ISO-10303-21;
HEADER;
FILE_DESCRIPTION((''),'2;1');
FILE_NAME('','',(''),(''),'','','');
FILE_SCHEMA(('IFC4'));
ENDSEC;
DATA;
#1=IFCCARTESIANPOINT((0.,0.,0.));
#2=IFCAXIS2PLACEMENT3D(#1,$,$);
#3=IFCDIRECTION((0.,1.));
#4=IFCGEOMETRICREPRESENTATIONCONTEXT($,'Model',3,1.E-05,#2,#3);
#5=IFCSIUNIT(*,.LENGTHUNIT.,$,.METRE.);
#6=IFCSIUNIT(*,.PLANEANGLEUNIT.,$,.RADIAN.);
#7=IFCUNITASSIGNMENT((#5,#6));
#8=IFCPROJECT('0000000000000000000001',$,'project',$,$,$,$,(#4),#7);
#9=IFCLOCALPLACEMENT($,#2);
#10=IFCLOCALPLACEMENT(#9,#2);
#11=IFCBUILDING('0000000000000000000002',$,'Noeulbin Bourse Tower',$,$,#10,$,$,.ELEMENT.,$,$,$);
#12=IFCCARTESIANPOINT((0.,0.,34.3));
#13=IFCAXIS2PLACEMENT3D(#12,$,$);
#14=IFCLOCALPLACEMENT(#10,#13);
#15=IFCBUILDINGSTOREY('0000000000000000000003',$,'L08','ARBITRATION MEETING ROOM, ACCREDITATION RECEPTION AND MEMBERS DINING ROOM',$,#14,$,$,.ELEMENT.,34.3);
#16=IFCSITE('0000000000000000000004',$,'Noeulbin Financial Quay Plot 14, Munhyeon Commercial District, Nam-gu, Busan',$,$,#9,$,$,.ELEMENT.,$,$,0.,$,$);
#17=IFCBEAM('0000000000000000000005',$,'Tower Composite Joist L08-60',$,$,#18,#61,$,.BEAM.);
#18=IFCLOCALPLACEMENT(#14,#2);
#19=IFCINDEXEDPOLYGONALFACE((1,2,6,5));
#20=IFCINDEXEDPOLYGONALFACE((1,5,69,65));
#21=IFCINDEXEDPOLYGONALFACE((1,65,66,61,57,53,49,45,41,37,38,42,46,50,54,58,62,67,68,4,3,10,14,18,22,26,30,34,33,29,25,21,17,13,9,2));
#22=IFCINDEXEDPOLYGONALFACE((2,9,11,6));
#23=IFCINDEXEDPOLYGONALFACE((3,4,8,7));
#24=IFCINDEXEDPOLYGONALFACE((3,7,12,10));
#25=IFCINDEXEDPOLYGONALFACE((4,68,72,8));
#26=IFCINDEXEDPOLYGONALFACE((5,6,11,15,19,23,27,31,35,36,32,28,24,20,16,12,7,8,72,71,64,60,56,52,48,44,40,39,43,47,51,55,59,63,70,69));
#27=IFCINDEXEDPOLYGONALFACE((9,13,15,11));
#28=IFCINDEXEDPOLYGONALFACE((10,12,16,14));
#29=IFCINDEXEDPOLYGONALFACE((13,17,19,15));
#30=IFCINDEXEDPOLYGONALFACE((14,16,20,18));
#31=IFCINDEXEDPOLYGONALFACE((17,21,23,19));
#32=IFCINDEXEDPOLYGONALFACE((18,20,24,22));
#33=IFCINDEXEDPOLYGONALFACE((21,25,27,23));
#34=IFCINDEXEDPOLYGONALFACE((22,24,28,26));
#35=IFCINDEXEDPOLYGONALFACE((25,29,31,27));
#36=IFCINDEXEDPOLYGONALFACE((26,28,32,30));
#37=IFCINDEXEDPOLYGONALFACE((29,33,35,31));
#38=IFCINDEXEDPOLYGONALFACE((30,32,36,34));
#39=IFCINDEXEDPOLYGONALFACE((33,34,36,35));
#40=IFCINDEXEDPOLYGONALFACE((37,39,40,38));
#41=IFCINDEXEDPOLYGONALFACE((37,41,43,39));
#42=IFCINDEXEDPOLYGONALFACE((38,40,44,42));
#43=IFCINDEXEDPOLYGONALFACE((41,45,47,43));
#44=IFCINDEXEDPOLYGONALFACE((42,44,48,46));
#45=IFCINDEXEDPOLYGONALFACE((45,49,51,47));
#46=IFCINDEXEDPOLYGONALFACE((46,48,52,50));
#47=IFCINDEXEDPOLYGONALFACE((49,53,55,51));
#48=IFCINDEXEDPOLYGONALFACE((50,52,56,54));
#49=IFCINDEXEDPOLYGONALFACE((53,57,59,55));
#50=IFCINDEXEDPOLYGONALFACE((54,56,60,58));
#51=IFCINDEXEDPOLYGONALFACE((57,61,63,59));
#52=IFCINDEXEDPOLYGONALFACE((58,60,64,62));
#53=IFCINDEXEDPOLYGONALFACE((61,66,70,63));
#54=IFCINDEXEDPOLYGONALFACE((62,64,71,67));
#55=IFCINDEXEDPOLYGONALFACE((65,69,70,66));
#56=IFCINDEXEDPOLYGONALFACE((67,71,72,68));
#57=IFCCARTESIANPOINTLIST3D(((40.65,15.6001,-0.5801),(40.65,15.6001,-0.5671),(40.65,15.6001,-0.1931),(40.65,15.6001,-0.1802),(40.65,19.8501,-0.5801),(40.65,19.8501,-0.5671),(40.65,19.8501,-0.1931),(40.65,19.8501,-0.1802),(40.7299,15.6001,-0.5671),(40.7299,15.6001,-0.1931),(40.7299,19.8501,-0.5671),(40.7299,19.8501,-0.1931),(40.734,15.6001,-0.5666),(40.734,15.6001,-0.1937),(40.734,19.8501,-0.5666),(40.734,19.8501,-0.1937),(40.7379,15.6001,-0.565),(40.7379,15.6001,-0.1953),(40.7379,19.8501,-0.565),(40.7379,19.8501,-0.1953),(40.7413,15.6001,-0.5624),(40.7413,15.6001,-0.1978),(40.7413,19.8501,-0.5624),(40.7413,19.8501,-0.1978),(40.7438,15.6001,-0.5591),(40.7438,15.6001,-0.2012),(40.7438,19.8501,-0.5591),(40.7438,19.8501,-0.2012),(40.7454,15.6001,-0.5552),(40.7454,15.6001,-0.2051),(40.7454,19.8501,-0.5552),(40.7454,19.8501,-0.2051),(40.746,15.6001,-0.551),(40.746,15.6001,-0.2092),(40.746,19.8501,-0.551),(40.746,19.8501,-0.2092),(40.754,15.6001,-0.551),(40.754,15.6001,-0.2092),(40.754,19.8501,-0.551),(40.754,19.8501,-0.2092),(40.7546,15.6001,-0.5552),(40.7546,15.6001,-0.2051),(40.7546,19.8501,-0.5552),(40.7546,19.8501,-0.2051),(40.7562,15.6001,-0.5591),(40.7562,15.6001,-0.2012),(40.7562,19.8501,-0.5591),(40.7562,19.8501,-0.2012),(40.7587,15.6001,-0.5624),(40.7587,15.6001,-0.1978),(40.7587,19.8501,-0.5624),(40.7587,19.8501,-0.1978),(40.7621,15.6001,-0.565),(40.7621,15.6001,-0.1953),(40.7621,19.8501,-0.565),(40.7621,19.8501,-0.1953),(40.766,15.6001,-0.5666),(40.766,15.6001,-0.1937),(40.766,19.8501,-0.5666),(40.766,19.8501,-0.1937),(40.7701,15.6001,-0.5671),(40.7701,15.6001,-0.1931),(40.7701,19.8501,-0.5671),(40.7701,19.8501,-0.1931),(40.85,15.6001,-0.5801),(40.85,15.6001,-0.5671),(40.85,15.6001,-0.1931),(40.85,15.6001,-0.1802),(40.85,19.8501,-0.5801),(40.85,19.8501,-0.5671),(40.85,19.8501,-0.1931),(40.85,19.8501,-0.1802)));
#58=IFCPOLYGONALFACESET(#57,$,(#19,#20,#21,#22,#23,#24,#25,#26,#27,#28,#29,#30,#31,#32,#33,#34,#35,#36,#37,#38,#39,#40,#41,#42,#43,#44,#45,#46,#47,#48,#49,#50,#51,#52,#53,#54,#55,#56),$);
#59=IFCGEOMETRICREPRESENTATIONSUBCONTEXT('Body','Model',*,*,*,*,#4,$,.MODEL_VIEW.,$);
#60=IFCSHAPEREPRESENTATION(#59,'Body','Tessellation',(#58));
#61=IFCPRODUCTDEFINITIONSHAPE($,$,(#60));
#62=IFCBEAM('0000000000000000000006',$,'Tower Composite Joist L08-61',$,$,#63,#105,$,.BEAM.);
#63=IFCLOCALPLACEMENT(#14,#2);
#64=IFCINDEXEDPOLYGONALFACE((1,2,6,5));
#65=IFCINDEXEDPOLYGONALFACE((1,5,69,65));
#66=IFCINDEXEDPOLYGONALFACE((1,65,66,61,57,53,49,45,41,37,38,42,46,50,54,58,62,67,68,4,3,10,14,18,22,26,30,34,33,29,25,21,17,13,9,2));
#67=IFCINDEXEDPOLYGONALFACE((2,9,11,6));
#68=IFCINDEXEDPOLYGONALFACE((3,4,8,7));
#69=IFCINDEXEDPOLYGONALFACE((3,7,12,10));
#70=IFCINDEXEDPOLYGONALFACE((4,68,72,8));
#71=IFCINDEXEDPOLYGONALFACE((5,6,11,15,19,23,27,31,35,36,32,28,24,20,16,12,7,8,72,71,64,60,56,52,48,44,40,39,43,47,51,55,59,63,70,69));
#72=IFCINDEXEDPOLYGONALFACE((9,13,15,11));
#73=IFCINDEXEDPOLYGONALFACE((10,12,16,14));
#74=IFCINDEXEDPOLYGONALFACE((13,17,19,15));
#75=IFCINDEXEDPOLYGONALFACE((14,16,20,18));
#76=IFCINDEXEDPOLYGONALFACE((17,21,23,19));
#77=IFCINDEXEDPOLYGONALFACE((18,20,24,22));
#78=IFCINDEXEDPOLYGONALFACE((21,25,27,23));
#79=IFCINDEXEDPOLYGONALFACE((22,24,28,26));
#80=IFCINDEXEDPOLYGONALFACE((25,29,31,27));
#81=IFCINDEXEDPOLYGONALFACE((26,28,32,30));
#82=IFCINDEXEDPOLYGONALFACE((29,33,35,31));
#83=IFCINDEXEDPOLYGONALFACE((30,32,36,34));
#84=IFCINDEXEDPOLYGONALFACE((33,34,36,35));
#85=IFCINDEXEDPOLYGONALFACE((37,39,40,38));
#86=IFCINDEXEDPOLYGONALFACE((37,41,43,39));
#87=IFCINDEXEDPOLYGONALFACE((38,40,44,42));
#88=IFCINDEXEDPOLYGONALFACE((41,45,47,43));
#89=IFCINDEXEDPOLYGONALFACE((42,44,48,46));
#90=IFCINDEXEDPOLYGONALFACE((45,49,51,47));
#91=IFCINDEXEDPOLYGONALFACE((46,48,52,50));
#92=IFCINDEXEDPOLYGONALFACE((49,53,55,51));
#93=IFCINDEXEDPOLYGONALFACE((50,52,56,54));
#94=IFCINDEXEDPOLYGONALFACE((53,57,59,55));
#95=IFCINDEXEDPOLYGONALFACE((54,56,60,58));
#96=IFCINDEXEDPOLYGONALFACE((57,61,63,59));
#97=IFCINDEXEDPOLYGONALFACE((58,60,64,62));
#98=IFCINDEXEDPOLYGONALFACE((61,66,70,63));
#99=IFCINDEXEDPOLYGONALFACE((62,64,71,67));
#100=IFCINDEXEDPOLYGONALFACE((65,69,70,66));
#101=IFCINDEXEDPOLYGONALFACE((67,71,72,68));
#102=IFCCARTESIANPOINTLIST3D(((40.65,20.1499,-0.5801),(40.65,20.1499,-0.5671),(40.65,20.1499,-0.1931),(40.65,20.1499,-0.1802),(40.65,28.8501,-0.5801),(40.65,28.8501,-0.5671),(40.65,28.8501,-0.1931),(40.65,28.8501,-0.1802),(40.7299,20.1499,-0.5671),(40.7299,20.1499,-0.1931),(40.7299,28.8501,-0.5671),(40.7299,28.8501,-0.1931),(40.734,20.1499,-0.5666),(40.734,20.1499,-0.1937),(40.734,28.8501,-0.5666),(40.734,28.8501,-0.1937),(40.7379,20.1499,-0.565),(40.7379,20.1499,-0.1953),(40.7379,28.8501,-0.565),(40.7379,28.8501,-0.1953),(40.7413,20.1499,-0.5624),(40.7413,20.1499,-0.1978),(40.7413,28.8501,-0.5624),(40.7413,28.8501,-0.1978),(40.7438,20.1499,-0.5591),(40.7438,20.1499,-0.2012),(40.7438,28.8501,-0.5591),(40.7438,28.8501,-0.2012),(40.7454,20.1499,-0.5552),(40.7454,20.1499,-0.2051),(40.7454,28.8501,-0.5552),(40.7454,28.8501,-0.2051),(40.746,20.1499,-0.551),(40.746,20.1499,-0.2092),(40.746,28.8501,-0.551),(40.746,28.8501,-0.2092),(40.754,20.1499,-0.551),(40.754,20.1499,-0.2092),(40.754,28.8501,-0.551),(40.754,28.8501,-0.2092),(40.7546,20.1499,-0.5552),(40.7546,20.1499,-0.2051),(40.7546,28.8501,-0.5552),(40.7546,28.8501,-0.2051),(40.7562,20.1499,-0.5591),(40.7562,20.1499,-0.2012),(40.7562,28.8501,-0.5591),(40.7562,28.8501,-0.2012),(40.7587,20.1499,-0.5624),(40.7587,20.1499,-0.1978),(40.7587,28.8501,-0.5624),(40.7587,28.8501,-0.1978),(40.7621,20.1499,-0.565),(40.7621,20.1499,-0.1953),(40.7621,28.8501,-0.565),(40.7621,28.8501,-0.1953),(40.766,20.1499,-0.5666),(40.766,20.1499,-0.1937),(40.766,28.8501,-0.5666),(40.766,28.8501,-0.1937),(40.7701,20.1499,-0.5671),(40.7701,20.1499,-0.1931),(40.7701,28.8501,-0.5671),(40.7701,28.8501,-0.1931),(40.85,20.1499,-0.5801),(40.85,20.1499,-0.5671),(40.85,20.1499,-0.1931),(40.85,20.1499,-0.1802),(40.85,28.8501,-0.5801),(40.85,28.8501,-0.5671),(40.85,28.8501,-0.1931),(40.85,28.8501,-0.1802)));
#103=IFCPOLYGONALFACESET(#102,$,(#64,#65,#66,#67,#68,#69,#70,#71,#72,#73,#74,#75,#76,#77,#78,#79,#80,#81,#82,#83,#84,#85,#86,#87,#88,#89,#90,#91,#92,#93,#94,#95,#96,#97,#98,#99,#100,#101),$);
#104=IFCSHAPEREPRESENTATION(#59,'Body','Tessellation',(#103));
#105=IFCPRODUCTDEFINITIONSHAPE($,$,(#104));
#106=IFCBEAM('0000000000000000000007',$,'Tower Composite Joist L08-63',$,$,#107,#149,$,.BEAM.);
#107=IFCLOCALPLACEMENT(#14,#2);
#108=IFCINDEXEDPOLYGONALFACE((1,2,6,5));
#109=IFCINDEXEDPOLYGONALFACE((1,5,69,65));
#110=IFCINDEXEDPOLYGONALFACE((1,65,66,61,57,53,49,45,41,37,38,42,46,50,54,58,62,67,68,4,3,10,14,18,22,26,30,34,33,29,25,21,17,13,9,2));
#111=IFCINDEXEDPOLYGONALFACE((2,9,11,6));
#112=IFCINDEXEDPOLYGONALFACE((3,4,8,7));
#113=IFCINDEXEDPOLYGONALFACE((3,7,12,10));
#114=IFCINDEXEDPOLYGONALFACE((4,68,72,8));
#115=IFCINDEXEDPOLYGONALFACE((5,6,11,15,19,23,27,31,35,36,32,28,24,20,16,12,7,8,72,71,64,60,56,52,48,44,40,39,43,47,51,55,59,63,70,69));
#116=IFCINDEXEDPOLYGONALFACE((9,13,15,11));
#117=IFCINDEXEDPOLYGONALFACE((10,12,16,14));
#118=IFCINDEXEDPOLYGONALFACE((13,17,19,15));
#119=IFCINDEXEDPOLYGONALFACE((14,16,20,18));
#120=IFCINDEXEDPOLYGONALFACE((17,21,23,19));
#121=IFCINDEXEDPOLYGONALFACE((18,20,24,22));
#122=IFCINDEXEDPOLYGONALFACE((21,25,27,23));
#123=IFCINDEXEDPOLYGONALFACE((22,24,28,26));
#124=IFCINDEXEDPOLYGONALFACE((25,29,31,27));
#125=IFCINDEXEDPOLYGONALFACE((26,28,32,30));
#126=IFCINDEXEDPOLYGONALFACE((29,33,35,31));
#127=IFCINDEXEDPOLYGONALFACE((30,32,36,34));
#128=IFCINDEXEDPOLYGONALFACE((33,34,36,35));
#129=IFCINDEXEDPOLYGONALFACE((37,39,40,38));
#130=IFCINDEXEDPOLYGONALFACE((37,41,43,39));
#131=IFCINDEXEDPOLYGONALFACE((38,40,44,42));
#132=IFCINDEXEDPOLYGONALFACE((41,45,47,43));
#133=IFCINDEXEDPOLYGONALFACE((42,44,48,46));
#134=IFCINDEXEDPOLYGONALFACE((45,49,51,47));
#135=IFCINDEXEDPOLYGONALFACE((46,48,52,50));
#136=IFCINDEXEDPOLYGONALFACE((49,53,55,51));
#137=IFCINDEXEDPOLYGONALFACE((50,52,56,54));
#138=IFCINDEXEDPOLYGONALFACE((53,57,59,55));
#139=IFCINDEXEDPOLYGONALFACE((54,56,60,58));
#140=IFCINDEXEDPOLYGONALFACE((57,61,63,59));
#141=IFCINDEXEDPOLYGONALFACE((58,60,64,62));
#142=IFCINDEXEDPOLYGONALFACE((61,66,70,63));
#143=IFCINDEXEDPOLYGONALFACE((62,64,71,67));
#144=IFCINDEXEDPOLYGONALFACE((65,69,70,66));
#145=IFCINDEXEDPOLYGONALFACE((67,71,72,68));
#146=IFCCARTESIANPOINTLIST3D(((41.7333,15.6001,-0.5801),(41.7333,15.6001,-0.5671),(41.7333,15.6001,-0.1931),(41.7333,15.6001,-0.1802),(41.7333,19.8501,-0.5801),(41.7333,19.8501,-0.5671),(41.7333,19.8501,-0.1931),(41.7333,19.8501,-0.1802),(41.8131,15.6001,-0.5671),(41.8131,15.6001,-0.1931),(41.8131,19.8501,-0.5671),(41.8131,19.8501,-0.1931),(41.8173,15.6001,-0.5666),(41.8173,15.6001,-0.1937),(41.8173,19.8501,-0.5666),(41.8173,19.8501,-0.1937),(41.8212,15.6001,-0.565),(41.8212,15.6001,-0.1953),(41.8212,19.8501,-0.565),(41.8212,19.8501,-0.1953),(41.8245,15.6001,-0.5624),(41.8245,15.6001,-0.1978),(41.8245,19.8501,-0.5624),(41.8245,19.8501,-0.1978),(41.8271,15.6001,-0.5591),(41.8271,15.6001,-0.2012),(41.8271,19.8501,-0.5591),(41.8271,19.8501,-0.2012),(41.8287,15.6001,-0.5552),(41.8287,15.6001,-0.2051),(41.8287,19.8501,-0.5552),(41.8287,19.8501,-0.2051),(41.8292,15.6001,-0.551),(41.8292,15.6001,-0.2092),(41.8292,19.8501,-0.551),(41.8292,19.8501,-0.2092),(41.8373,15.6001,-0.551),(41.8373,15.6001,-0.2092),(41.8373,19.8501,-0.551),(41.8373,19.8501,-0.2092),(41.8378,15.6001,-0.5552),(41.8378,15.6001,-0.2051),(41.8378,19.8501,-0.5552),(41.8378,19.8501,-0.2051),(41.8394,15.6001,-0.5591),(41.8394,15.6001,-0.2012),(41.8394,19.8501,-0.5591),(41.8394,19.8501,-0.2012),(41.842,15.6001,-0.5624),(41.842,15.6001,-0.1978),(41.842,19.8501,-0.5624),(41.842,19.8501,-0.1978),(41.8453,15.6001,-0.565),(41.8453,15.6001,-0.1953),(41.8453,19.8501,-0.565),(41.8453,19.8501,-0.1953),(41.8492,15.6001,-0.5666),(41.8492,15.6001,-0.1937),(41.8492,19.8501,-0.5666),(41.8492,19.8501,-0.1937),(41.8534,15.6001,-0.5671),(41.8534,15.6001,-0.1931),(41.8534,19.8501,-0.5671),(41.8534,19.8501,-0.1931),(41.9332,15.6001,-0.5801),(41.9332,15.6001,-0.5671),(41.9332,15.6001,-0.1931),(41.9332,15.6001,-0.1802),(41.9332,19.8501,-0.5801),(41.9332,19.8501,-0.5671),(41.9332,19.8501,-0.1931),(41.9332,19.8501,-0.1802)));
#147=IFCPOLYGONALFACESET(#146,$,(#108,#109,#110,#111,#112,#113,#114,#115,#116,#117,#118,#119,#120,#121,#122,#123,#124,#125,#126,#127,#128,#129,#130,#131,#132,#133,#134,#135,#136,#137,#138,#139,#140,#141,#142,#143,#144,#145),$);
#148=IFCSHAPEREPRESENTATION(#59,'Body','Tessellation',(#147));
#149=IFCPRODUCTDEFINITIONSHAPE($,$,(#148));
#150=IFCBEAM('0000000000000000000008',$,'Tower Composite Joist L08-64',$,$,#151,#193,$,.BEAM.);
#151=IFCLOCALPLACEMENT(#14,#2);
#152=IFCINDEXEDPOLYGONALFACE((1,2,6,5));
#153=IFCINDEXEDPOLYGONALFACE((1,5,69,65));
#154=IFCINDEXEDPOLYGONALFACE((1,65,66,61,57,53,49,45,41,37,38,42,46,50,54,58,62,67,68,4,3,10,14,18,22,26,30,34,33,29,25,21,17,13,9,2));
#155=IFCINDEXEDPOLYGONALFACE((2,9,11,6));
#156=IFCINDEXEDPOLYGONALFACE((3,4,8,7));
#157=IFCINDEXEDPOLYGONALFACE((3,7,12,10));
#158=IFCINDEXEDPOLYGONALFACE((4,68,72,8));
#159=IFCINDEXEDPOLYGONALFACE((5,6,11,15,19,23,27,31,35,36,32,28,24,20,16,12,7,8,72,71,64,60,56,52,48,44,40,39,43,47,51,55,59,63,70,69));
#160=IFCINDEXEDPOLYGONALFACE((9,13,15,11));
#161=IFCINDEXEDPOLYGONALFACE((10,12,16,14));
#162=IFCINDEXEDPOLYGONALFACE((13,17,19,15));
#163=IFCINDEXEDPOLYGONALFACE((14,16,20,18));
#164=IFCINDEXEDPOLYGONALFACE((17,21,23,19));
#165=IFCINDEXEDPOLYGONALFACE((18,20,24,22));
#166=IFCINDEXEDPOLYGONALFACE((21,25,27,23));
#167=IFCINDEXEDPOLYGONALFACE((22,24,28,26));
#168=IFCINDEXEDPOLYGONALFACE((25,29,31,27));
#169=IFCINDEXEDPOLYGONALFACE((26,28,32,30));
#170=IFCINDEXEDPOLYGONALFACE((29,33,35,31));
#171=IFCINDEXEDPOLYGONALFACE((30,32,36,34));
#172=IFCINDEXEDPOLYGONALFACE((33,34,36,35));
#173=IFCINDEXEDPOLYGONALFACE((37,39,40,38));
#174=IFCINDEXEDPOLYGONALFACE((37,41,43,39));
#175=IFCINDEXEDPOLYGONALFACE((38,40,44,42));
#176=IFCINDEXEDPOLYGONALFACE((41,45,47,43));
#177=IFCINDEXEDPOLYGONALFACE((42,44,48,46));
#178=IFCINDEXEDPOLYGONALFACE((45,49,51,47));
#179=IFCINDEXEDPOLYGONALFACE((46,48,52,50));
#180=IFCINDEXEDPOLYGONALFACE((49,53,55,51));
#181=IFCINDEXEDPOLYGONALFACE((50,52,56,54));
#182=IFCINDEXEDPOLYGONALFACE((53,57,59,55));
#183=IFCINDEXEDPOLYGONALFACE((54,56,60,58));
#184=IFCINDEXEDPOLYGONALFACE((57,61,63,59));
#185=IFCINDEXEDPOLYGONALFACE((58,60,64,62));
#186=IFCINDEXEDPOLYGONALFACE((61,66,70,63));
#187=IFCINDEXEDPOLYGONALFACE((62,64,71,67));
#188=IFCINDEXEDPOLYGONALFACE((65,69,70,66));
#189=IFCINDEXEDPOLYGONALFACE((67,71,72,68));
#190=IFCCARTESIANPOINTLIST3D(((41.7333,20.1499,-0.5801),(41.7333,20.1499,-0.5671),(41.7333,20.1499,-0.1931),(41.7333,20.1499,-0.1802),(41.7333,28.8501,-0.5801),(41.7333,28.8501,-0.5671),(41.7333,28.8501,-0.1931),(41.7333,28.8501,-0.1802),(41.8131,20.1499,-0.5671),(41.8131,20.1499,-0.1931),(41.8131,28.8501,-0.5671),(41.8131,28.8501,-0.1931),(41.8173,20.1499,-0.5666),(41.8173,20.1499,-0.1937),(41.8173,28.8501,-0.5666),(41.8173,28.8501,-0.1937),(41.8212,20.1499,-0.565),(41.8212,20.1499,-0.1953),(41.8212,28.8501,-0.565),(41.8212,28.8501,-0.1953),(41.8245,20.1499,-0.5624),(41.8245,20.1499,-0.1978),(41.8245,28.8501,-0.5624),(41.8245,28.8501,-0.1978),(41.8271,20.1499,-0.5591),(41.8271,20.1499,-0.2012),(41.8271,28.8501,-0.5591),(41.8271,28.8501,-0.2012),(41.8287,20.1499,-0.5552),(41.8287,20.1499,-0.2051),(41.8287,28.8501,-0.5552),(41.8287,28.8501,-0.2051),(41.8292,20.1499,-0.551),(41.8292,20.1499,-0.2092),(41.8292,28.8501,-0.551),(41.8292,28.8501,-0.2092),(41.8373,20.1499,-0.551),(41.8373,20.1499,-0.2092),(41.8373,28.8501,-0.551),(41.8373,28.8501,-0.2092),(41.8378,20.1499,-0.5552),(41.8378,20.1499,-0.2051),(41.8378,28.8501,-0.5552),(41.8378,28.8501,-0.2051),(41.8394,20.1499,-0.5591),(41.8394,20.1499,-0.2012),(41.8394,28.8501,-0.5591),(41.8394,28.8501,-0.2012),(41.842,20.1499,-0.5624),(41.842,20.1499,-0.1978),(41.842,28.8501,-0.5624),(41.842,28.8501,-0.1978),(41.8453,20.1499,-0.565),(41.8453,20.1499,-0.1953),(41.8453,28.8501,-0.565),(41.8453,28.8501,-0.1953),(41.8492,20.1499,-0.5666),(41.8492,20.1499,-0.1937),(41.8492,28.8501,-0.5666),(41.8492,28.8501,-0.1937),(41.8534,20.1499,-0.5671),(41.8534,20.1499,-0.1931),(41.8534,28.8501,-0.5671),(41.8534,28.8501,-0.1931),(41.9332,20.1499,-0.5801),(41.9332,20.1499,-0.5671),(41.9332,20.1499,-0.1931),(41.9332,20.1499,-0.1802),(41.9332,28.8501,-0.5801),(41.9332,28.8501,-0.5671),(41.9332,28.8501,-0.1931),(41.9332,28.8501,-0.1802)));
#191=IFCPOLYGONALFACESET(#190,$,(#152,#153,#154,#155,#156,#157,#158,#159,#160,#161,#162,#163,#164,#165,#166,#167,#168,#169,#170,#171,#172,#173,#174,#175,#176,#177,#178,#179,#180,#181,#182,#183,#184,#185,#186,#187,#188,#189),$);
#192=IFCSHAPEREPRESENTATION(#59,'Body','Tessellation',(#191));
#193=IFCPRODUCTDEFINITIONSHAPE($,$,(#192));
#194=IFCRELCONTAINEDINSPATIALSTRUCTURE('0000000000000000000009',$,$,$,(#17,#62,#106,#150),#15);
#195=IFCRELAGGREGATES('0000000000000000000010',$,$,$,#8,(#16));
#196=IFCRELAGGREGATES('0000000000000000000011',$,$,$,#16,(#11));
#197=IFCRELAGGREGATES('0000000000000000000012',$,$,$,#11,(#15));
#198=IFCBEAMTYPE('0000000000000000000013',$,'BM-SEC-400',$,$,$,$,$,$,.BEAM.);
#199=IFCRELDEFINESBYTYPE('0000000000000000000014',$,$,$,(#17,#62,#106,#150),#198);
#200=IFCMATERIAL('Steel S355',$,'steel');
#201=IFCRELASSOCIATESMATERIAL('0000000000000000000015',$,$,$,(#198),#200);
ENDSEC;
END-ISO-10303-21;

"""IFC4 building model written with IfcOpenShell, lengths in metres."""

from ifc_helpers import new_model, si_unit, direction, frame, origin, origin_2d, place, context, subcontext, project, spatial, i_section, extrude, material, material_profile, profile_set, type_object, element, save


model = new_model("IFC4")

# Units and contexts
model_context = context("Model", 3, precision=1e-05, world=origin(), true_north=direction((0.0, 1.0)))
body_context = subcontext(model_context, "Body", "Model", "MODEL_VIEW")
ifc_project = project(units=[si_unit("LENGTHUNIT", "METRE"), si_unit("PLANEANGLEUNIT", "RADIAN")], contexts=[model_context])

# Site, building, storey
site_placement = place(None, origin())
site = spatial("IfcSite", under=ifc_project, at=site_placement, Name="Noeulbin Financial Quay Plot 14, Munhyeon Commercial District, Nam-gu, Busan", CompositionType="ELEMENT", RefElevation=0.0)
building_placement = place(site_placement, origin())
building = spatial("IfcBuilding", under=site, at=building_placement, Name="Noeulbin Bourse Tower", CompositionType="ELEMENT")
storey_placement = place(building_placement, frame((0.0, 0.0, 34.3)))
storey = spatial("IfcBuildingStorey", under=building, at=storey_placement, Name="L08", Description="ARBITRATION MEETING ROOM, ACCREDITATION RECEPTION AND MEMBERS DINING ROOM", CompositionType="ELEMENT", Elevation=34.3)

# Beams
ifc_material_1 = material(Name="Steel S355", Category="steel")
ifc_material_profile_1 = material_profile(ifc_material_1, i_section(OverallWidth=0.2, OverallDepth=0.3999, WebThickness=0.0081, FlangeThickness=0.0129, FilletRadius=0.0161, at=origin_2d()), Name="H-400x200x8x13", Category="LoadBearing")
ifc_profile_set_1 = profile_set([ifc_material_profile_1], Name="Steel S355")
beam_type_1 = type_object("IfcBeamType", Name="BM-SEC-400", PredefinedType="BEAM", material=ifc_profile_set_1)
beam_1_placement = place(storey_placement, frame((40.75, 15.6001, -0.3801), z_axis=(0.0, 1.0, 0.0), x_axis=(-1.0, 0.0, 0.0)))
element("IfcBeam", 1, at=beam_1_placement, inside=storey, type_object=beam_type_1, Name="Tower Composite Joist L08-60", PredefinedType="BEAM", context=body_context, shape_type="SweptSolid", body=[
    extrude(i_section(OverallWidth=0.2, OverallDepth=0.3999, WebThickness=0.0081, FlangeThickness=0.0129, FilletRadius=0.0161, at=origin_2d()), origin(), (0.0, 0.0, 1.0), 4.25),
])
beam_2_placement = place(storey_placement, frame((40.75, 20.1499, -0.3801), z_axis=(0.0, 1.0, 0.0), x_axis=(-1.0, 0.0, 0.0)))
element("IfcBeam", 2, at=beam_2_placement, inside=storey, type_object=beam_type_1, Name="Tower Composite Joist L08-61", PredefinedType="BEAM", context=body_context, shape_type="SweptSolid", body=[
    extrude(i_section(OverallWidth=0.2, OverallDepth=0.3999, WebThickness=0.0081, FlangeThickness=0.0129, FilletRadius=0.0161, at=origin_2d()), origin(), (0.0, 0.0, 1.0), 8.7002),
])
beam_3_placement = place(storey_placement, frame((41.8333, 15.6001, -0.3801), z_axis=(0.0, 1.0, 0.0), x_axis=(-1.0, 0.0, 0.0)))
element("IfcBeam", 3, at=beam_3_placement, inside=storey, type_object=beam_type_1, Name="Tower Composite Joist L08-63", PredefinedType="BEAM", context=body_context, shape_type="SweptSolid", body=[
    extrude(i_section(OverallWidth=0.2, OverallDepth=0.3999, WebThickness=0.0081, FlangeThickness=0.0129, FilletRadius=0.0161, at=origin_2d()), origin(), (0.0, 0.0, 1.0), 4.25),
])
beam_4_placement = place(storey_placement, frame((41.8333, 20.1499, -0.3801), z_axis=(0.0, 1.0, 0.0), x_axis=(-1.0, 0.0, 0.0)))
element("IfcBeam", 4, at=beam_4_placement, inside=storey, type_object=beam_type_1, Name="Tower Composite Joist L08-64", PredefinedType="BEAM", context=body_context, shape_type="SweptSolid", body=[
    extrude(i_section(OverallWidth=0.2, OverallDepth=0.3999, WebThickness=0.0081, FlangeThickness=0.0129, FilletRadius=0.0161, at=origin_2d()), origin(), (0.0, 0.0, 1.0), 8.7002),
])

save(model, "model.ifc")
